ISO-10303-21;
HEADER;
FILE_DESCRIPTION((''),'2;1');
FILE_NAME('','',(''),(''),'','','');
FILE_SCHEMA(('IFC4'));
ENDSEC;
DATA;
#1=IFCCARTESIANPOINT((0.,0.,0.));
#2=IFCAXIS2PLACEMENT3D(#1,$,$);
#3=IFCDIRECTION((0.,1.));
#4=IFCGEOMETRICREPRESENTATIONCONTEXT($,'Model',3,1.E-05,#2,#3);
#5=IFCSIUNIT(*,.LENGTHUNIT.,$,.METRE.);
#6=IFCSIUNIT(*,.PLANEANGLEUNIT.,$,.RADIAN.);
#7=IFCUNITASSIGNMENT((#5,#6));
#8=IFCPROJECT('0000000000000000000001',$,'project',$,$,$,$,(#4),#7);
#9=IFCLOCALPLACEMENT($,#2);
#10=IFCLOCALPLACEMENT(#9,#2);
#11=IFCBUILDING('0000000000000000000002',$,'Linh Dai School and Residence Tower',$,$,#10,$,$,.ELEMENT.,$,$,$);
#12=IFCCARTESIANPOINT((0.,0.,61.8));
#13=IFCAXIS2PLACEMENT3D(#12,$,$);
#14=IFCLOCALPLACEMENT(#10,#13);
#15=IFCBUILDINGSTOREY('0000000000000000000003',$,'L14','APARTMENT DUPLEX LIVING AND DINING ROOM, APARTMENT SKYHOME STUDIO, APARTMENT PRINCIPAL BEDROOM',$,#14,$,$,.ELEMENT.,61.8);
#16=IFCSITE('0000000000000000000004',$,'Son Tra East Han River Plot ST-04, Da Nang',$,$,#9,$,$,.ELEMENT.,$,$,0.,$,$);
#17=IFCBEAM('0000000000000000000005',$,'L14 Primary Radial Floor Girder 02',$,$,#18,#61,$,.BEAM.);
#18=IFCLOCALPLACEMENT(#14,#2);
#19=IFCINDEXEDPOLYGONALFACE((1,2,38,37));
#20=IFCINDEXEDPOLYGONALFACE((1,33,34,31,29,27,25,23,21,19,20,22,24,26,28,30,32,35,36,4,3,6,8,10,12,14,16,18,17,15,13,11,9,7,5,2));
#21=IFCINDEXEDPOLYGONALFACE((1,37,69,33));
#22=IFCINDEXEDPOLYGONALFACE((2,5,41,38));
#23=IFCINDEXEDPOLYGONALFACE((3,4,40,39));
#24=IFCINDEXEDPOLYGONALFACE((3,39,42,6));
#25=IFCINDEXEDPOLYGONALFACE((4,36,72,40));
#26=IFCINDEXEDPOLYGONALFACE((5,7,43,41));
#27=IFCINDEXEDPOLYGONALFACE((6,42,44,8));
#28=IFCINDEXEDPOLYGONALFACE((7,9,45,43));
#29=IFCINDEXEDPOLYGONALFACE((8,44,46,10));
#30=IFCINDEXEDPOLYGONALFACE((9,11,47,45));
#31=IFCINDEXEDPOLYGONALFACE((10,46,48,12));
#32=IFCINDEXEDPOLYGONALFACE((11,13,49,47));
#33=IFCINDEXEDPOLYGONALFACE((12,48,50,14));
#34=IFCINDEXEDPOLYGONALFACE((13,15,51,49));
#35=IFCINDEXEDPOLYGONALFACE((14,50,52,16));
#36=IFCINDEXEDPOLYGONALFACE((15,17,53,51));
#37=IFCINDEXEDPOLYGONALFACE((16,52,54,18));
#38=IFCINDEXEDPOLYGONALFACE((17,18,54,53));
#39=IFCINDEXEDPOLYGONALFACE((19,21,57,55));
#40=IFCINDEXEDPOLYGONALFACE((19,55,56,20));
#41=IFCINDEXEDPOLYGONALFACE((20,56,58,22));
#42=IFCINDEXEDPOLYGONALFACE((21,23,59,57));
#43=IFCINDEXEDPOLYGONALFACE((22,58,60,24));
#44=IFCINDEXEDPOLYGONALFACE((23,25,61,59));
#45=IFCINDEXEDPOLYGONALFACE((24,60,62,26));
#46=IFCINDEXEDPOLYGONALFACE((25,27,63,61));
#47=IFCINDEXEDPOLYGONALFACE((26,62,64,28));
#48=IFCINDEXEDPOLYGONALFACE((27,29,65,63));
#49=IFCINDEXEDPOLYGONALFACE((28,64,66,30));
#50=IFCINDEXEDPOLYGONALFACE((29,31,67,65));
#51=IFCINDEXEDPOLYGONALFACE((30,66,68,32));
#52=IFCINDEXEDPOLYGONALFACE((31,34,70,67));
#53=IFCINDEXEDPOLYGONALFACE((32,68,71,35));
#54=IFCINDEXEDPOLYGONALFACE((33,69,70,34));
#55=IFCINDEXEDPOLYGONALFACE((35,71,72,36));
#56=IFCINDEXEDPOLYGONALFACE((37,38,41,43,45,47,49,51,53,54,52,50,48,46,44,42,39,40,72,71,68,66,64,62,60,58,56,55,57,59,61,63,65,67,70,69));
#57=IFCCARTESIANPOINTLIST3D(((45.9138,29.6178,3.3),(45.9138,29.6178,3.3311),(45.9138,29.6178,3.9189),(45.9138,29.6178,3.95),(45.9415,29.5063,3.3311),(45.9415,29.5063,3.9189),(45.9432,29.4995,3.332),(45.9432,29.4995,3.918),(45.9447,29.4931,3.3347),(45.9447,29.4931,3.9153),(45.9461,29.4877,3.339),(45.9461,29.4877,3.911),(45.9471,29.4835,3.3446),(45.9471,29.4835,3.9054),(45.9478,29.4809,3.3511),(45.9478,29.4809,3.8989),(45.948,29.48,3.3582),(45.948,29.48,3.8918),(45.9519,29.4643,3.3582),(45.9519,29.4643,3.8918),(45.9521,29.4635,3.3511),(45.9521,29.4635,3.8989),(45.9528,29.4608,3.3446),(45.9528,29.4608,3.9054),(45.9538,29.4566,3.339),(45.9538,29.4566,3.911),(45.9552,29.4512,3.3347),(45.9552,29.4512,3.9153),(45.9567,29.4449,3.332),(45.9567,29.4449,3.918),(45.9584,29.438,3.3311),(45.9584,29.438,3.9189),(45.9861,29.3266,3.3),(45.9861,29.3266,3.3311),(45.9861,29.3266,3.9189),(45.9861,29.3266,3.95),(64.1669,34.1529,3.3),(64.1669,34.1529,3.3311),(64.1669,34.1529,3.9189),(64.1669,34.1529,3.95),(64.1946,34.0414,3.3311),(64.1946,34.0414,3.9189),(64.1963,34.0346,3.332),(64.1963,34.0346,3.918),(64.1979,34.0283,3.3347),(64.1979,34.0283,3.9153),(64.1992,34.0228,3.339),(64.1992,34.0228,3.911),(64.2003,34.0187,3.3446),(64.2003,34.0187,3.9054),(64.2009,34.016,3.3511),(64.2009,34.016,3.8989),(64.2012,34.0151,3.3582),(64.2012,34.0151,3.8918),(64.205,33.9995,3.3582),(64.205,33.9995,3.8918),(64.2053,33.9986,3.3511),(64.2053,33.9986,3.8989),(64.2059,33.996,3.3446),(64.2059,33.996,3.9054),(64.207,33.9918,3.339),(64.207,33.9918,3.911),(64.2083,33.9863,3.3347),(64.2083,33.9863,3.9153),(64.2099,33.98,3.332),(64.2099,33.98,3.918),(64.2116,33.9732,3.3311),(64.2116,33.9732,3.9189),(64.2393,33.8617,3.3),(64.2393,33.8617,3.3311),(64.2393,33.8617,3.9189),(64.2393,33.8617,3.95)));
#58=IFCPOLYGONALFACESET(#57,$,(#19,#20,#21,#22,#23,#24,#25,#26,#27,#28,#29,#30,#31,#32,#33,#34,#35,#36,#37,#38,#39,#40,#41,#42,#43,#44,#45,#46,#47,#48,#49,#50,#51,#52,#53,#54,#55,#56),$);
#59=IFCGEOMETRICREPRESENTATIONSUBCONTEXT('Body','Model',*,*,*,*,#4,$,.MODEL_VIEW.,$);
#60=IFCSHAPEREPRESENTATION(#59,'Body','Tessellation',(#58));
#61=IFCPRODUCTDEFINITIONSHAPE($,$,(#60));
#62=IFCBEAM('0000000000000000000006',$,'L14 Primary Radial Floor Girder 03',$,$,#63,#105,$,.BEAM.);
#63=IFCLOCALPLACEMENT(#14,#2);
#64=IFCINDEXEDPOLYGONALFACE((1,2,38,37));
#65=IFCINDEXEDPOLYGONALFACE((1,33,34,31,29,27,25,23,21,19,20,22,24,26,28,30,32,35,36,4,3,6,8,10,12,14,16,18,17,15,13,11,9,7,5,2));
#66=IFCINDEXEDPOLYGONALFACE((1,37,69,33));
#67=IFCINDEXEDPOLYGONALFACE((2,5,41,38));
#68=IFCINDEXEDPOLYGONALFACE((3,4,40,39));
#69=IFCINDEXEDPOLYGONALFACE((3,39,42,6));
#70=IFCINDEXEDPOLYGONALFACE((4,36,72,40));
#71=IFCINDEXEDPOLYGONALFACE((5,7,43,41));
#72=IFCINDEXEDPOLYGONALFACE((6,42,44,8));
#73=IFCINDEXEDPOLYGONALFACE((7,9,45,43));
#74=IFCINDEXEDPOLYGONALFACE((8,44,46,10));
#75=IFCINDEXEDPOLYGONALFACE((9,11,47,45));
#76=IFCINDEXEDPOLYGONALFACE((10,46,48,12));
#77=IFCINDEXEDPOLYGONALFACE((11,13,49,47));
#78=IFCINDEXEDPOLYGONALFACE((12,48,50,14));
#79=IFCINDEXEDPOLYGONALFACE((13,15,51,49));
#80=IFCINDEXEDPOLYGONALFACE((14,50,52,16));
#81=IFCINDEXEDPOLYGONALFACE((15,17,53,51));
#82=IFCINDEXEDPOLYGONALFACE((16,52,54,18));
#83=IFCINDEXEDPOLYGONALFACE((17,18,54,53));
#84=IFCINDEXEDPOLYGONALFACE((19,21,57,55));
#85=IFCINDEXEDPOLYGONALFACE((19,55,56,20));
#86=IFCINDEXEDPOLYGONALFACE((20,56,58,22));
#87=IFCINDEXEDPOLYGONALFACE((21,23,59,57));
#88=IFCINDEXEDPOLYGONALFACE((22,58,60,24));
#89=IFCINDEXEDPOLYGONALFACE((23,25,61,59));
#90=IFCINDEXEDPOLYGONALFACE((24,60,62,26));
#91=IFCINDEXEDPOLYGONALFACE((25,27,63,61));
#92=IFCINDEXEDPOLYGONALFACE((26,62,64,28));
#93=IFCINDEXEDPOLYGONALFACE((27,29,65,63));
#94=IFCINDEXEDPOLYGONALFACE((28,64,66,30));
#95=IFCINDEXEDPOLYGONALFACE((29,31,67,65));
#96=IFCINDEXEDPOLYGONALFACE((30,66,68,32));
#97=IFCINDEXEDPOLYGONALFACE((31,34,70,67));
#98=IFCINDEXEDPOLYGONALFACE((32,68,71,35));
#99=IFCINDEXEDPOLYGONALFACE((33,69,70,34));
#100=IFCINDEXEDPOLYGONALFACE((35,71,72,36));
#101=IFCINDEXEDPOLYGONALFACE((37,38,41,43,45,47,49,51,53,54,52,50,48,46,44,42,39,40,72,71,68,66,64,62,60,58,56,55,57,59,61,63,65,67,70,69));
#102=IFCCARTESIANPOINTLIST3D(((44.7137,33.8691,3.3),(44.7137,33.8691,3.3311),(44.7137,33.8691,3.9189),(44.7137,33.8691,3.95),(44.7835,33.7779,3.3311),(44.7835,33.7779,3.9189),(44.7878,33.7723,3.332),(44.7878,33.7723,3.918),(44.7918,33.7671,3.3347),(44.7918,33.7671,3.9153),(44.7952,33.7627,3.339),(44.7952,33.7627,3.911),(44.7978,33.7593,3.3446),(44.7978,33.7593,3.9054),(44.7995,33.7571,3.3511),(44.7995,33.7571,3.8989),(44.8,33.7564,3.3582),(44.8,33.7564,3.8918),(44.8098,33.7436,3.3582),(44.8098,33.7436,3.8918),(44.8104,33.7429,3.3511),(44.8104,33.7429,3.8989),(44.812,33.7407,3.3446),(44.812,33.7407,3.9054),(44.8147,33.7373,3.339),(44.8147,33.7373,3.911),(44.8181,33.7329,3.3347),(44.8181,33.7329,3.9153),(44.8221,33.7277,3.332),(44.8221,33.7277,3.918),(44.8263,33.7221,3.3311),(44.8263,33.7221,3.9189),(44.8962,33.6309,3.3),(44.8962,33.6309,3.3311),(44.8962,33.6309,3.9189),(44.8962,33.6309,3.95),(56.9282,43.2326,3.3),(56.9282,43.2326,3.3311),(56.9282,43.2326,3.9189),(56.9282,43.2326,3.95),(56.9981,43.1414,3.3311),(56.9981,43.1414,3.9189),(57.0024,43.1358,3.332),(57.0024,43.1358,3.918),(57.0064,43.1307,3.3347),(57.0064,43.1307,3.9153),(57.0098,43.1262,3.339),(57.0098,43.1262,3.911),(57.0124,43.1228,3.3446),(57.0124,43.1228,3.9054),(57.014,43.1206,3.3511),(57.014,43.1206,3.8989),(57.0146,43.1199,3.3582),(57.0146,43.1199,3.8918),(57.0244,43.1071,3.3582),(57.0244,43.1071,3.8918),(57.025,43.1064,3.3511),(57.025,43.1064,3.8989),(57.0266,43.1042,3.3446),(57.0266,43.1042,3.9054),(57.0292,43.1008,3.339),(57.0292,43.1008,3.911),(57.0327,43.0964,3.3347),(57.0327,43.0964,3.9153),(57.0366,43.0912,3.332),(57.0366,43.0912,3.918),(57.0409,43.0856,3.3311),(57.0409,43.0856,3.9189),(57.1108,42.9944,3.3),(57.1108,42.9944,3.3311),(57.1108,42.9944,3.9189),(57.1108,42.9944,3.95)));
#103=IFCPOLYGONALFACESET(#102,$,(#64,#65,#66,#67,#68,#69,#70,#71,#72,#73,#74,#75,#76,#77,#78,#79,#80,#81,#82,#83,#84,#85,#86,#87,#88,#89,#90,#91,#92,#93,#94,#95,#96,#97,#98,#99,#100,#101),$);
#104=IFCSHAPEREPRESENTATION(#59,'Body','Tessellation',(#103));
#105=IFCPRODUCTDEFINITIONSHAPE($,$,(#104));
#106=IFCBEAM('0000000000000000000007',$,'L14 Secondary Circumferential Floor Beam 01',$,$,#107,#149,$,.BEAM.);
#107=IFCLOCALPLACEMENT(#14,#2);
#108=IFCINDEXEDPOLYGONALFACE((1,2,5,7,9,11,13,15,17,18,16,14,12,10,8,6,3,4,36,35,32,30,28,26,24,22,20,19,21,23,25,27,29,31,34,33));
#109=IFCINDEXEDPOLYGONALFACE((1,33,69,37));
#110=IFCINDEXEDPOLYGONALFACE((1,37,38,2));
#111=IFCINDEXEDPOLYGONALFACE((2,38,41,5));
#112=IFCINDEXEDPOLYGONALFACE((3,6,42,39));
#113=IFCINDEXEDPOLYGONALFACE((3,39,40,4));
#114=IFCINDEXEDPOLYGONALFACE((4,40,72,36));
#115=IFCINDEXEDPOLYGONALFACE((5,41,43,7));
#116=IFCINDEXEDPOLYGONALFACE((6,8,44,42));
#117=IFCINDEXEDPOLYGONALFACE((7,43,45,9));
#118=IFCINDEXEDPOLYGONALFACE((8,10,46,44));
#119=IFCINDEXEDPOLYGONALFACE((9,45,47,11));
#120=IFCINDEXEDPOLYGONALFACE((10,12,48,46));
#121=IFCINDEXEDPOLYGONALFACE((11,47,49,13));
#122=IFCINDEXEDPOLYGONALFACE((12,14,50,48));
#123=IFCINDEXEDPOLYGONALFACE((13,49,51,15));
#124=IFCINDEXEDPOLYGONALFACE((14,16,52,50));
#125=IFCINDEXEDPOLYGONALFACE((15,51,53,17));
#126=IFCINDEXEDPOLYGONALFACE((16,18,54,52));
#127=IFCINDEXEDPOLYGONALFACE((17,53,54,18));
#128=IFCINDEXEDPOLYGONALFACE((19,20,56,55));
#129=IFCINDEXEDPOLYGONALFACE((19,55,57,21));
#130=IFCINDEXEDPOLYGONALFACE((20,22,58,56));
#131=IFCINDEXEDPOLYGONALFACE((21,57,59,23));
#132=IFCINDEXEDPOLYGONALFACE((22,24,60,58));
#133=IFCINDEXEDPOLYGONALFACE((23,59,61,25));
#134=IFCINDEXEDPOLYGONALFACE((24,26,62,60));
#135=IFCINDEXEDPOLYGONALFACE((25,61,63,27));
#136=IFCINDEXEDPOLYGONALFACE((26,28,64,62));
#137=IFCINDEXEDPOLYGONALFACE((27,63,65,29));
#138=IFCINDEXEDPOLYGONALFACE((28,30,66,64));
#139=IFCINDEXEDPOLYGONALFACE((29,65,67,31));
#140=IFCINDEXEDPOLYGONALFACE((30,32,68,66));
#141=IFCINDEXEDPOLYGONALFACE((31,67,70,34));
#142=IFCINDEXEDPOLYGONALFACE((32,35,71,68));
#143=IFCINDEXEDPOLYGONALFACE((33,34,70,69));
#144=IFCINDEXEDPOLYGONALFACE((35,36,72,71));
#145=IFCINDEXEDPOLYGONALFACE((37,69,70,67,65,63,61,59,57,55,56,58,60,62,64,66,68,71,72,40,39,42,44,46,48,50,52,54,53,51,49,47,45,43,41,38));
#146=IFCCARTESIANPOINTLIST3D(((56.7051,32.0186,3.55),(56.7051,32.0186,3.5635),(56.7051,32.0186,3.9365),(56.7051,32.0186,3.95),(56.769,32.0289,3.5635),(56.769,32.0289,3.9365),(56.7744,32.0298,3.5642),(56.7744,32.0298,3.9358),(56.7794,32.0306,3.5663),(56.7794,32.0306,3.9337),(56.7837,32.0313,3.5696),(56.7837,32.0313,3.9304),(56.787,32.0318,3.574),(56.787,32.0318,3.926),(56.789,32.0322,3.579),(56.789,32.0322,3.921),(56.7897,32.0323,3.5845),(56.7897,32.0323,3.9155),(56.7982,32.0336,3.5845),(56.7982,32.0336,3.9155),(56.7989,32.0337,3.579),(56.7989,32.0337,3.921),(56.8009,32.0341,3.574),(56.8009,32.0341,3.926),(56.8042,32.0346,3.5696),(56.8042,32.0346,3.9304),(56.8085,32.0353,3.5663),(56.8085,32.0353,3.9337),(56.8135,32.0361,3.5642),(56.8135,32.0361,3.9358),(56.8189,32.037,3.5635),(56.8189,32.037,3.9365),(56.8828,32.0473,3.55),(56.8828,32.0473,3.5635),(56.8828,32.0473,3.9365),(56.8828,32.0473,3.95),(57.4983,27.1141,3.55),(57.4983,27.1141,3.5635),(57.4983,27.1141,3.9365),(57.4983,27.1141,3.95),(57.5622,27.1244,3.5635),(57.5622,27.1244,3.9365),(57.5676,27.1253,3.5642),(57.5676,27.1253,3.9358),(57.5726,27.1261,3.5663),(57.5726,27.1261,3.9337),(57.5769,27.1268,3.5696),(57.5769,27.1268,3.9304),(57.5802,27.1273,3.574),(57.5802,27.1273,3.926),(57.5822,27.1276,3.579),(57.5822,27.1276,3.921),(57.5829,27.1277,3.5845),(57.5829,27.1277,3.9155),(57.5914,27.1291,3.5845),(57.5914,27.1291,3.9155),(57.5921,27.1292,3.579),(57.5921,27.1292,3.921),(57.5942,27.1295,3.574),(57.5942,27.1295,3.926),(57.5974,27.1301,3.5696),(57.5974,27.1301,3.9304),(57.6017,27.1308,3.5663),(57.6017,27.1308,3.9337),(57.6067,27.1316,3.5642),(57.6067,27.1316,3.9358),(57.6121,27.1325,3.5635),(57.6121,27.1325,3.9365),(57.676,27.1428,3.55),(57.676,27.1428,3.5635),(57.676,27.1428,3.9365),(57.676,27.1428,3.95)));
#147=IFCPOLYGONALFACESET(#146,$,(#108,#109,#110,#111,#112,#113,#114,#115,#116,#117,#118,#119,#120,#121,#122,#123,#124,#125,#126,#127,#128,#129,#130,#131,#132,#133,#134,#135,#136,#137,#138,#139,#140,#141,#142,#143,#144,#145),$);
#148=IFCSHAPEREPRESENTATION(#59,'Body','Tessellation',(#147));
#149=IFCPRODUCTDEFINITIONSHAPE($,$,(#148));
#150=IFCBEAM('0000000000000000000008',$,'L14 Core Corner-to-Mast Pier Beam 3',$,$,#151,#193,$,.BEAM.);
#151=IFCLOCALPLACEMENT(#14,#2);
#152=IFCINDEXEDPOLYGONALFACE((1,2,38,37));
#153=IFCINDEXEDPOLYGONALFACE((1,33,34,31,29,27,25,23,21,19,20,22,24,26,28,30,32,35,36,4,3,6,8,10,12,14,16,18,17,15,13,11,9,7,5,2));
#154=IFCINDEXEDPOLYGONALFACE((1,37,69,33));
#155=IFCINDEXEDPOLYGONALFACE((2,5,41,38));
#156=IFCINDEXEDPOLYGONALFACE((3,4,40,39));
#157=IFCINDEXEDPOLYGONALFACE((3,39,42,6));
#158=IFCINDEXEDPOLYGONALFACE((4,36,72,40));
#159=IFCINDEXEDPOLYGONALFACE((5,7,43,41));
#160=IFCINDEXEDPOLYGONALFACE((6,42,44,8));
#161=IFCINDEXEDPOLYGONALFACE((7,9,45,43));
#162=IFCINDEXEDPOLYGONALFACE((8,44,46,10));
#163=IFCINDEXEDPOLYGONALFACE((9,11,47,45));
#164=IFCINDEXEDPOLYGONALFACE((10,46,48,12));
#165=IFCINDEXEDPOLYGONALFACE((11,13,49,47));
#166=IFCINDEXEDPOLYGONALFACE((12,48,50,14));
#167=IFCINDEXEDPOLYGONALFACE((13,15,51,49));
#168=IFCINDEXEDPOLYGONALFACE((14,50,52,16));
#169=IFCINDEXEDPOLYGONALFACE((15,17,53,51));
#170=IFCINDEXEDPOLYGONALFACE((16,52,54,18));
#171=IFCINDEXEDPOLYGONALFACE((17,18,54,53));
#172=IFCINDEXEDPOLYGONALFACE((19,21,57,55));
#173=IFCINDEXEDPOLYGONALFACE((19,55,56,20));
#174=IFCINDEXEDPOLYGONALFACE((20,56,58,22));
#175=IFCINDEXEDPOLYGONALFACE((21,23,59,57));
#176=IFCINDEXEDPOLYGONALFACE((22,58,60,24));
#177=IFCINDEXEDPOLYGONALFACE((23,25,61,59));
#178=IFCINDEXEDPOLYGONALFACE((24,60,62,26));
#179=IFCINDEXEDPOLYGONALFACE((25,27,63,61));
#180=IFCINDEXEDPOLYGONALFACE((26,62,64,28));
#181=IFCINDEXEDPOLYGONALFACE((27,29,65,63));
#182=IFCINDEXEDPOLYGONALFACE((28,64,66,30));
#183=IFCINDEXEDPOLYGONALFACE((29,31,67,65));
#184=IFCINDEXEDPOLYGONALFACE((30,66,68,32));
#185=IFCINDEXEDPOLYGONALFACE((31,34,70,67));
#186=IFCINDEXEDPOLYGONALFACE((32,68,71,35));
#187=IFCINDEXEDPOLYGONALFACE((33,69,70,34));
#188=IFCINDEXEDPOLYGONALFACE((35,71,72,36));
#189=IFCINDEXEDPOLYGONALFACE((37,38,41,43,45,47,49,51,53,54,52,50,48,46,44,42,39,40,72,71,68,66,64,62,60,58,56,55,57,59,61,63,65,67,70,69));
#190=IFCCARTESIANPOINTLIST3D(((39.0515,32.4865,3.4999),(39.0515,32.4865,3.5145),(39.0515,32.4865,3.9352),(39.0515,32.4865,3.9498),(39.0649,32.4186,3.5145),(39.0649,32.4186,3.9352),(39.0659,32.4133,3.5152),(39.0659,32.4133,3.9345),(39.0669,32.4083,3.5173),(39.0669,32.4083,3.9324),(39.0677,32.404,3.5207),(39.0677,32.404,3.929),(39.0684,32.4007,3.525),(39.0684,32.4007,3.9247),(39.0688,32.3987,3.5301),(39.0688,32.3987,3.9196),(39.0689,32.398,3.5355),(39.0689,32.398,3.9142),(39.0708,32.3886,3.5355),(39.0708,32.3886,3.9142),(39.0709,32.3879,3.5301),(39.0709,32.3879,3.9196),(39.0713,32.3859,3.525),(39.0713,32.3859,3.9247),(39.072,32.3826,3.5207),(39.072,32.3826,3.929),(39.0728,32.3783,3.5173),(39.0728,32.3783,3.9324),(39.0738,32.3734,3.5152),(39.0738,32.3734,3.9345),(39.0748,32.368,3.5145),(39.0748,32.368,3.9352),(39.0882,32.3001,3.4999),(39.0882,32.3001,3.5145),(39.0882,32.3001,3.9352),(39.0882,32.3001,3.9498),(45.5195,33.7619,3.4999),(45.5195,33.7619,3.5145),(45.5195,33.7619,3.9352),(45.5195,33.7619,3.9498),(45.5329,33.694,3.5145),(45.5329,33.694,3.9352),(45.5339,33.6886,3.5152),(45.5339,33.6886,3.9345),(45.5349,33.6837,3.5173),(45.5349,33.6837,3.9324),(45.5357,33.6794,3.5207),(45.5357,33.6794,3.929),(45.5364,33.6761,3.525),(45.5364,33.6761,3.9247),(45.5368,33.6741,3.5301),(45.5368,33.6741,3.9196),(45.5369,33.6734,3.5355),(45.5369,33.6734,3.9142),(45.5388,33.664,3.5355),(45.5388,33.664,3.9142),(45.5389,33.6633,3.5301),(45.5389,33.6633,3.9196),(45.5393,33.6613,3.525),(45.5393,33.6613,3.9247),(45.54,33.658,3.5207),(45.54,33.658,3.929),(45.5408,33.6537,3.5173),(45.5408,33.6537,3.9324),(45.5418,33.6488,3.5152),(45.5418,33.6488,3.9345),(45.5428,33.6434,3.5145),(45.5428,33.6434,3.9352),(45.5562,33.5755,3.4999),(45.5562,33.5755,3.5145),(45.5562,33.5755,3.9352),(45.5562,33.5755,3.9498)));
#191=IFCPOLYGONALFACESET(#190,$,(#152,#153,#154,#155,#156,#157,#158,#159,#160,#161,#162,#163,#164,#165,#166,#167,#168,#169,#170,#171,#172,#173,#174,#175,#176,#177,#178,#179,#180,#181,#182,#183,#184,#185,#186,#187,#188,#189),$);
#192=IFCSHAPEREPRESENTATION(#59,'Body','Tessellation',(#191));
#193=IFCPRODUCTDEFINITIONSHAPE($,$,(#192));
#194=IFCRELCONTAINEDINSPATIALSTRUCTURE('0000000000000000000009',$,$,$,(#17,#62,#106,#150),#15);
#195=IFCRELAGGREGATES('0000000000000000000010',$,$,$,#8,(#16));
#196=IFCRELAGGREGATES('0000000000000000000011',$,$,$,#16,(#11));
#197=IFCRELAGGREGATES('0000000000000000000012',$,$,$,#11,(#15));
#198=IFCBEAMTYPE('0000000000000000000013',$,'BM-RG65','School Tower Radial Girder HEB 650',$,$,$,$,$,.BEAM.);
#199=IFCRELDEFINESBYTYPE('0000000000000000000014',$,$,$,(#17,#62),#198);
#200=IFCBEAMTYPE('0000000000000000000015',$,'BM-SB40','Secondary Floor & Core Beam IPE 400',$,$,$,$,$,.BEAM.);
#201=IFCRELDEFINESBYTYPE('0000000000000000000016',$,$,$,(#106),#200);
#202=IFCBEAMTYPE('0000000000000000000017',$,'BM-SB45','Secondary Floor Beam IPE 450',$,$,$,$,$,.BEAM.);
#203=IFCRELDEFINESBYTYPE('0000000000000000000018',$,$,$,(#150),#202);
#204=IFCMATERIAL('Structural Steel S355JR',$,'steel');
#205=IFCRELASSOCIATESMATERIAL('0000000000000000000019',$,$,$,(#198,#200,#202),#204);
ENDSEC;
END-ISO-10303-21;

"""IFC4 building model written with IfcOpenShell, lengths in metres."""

from ifc_helpers import new_model, si_unit, direction, frame, origin, origin_2d, place, context, subcontext, project, spatial, i_section, extrude, material, material_profile, profile_set, type_object, element, save


model = new_model("IFC4")

# Units and contexts
model_context = context("Model", 3, precision=1e-05, world=origin(), true_north=direction((0.0, 1.0)))
body_context = subcontext(model_context, "Body", "Model", "MODEL_VIEW")
ifc_project = project(units=[si_unit("LENGTHUNIT", "METRE"), si_unit("PLANEANGLEUNIT", "RADIAN")], contexts=[model_context])

# Site, building, storey
site_placement = place(None, origin())
site = spatial("IfcSite", under=ifc_project, at=site_placement, Name="Son Tra East Han River Plot ST-04, Da Nang", CompositionType="ELEMENT", RefElevation=0.0)
building_placement = place(site_placement, origin())
building = spatial("IfcBuilding", under=site, at=building_placement, Name="Linh Dai School and Residence Tower", CompositionType="ELEMENT")
storey_placement = place(building_placement, frame((0.0, 0.0, 61.8)))
storey = spatial("IfcBuildingStorey", under=building, at=storey_placement, Name="L14", Description="APARTMENT DUPLEX LIVING AND DINING ROOM, APARTMENT SKYHOME STUDIO, APARTMENT PRINCIPAL BEDROOM", CompositionType="ELEMENT", Elevation=61.8)

# Shared definitions
ifc_material_1 = material(Name="Structural Steel S355JR", Category="steel")

# Beams
ifc_material_profile_1 = material_profile(ifc_material_1, i_section(OverallWidth=0.3, OverallDepth=0.6499, WebThickness=0.0161, FlangeThickness=0.031, FilletRadius=0.0271, at=origin_2d()), Name="HEB 650")
ifc_profile_set_1 = profile_set([ifc_material_profile_1], Name="Structural Steel S355JR")
beam_type_1 = type_object("IfcBeamType", Name="BM-RG65", Description="School Tower Radial Girder HEB 650", PredefinedType="BEAM", material=ifc_profile_set_1)
beam_1_placement = place(storey_placement, frame((45.95, 29.4722, 3.625), z_axis=(0.970493, 0.241127, 0.0), x_axis=(-0.241127, 0.970493, 0.0)))
element("IfcBeam", 1, at=beam_1_placement, inside=storey, type_object=beam_type_1, Name="L14 Primary Radial Floor Girder 02", PredefinedType="BEAM", context=body_context, shape_type="SweptSolid", body=[
    extrude(i_section(OverallWidth=0.3, OverallDepth=0.6499, WebThickness=0.0161, FlangeThickness=0.031, FilletRadius=0.0271, at=origin_2d()), origin(), (0.0, 0.0, 1.0), 18.8081),
])
beam_2_placement = place(storey_placement, frame((44.8049, 33.75, 3.625), z_axis=(0.793638, 0.608391, 0.0), x_axis=(-0.608391, 0.793638, 0.0)))
element("IfcBeam", 2, at=beam_2_placement, inside=storey, type_object=beam_type_1, Name="L14 Primary Radial Floor Girder 03", PredefinedType="BEAM", context=body_context, shape_type="SweptSolid", body=[
    extrude(i_section(OverallWidth=0.3, OverallDepth=0.6499, WebThickness=0.0161, FlangeThickness=0.031, FilletRadius=0.0271, at=origin_2d()), origin(), (0.0, 0.0, 1.0), 15.3906),
])
ifc_material_profile_2 = material_profile(ifc_material_1, i_section(OverallWidth=0.1799, OverallDepth=0.3999, WebThickness=0.0085, FlangeThickness=0.0134, FilletRadius=0.021, at=origin_2d()), Name="IPE 400")
ifc_profile_set_2 = profile_set([ifc_material_profile_2], Name="Structural Steel S355JR")
beam_type_2 = type_object("IfcBeamType", Name="BM-SB40", Description="Secondary Floor & Core Beam IPE 400", PredefinedType="BEAM", material=ifc_profile_set_2)
beam_3_placement = place(storey_placement, frame((57.5872, 27.1284, 3.75), z_axis=(-0.159656, 0.987173, 0.0), x_axis=(-0.987173, -0.159656, 0.0)))
element("IfcBeam", 3, at=beam_3_placement, inside=storey, type_object=beam_type_2, Name="L14 Secondary Circumferential Floor Beam 01", PredefinedType="BEAM", context=body_context, shape_type="SweptSolid", body=[
    extrude(i_section(OverallWidth=0.1799, OverallDepth=0.3999, WebThickness=0.0085, FlangeThickness=0.0134, FilletRadius=0.021, at=origin_2d()), origin(), (0.0, 0.0, 1.0), 4.9683),
])
ifc_material_profile_3 = material_profile(ifc_material_1, i_section(OverallWidth=0.1899, OverallDepth=0.45, WebThickness=0.0095, FlangeThickness=0.0146, FilletRadius=0.021, at=origin_2d()), Name="IPE 450")
ifc_profile_set_3 = profile_set([ifc_material_profile_3], Name="Structural Steel S355JR")
beam_type_3 = type_object("IfcBeamType", Name="BM-SB45", Description="Secondary Floor Beam IPE 450", PredefinedType="BEAM", material=ifc_profile_set_3)
beam_4_placement = place(storey_placement, frame((45.5378, 33.6687, 3.7249), z_axis=(-0.981108, -0.193459, 0.0), x_axis=(0.193459, -0.981108, 0.0)))
element("IfcBeam", 4, at=beam_4_placement, inside=storey, type_object=beam_type_3, Name="L14 Core Corner-to-Mast Pier Beam 3", PredefinedType="BEAM", context=body_context, shape_type="SweptSolid", body=[
    extrude(i_section(OverallWidth=0.1899, OverallDepth=0.45, WebThickness=0.0095, FlangeThickness=0.0146, FilletRadius=0.021, at=origin_2d()), origin(), (0.0, 0.0, 1.0), 6.5925),
])

save(model, "model.ifc")
